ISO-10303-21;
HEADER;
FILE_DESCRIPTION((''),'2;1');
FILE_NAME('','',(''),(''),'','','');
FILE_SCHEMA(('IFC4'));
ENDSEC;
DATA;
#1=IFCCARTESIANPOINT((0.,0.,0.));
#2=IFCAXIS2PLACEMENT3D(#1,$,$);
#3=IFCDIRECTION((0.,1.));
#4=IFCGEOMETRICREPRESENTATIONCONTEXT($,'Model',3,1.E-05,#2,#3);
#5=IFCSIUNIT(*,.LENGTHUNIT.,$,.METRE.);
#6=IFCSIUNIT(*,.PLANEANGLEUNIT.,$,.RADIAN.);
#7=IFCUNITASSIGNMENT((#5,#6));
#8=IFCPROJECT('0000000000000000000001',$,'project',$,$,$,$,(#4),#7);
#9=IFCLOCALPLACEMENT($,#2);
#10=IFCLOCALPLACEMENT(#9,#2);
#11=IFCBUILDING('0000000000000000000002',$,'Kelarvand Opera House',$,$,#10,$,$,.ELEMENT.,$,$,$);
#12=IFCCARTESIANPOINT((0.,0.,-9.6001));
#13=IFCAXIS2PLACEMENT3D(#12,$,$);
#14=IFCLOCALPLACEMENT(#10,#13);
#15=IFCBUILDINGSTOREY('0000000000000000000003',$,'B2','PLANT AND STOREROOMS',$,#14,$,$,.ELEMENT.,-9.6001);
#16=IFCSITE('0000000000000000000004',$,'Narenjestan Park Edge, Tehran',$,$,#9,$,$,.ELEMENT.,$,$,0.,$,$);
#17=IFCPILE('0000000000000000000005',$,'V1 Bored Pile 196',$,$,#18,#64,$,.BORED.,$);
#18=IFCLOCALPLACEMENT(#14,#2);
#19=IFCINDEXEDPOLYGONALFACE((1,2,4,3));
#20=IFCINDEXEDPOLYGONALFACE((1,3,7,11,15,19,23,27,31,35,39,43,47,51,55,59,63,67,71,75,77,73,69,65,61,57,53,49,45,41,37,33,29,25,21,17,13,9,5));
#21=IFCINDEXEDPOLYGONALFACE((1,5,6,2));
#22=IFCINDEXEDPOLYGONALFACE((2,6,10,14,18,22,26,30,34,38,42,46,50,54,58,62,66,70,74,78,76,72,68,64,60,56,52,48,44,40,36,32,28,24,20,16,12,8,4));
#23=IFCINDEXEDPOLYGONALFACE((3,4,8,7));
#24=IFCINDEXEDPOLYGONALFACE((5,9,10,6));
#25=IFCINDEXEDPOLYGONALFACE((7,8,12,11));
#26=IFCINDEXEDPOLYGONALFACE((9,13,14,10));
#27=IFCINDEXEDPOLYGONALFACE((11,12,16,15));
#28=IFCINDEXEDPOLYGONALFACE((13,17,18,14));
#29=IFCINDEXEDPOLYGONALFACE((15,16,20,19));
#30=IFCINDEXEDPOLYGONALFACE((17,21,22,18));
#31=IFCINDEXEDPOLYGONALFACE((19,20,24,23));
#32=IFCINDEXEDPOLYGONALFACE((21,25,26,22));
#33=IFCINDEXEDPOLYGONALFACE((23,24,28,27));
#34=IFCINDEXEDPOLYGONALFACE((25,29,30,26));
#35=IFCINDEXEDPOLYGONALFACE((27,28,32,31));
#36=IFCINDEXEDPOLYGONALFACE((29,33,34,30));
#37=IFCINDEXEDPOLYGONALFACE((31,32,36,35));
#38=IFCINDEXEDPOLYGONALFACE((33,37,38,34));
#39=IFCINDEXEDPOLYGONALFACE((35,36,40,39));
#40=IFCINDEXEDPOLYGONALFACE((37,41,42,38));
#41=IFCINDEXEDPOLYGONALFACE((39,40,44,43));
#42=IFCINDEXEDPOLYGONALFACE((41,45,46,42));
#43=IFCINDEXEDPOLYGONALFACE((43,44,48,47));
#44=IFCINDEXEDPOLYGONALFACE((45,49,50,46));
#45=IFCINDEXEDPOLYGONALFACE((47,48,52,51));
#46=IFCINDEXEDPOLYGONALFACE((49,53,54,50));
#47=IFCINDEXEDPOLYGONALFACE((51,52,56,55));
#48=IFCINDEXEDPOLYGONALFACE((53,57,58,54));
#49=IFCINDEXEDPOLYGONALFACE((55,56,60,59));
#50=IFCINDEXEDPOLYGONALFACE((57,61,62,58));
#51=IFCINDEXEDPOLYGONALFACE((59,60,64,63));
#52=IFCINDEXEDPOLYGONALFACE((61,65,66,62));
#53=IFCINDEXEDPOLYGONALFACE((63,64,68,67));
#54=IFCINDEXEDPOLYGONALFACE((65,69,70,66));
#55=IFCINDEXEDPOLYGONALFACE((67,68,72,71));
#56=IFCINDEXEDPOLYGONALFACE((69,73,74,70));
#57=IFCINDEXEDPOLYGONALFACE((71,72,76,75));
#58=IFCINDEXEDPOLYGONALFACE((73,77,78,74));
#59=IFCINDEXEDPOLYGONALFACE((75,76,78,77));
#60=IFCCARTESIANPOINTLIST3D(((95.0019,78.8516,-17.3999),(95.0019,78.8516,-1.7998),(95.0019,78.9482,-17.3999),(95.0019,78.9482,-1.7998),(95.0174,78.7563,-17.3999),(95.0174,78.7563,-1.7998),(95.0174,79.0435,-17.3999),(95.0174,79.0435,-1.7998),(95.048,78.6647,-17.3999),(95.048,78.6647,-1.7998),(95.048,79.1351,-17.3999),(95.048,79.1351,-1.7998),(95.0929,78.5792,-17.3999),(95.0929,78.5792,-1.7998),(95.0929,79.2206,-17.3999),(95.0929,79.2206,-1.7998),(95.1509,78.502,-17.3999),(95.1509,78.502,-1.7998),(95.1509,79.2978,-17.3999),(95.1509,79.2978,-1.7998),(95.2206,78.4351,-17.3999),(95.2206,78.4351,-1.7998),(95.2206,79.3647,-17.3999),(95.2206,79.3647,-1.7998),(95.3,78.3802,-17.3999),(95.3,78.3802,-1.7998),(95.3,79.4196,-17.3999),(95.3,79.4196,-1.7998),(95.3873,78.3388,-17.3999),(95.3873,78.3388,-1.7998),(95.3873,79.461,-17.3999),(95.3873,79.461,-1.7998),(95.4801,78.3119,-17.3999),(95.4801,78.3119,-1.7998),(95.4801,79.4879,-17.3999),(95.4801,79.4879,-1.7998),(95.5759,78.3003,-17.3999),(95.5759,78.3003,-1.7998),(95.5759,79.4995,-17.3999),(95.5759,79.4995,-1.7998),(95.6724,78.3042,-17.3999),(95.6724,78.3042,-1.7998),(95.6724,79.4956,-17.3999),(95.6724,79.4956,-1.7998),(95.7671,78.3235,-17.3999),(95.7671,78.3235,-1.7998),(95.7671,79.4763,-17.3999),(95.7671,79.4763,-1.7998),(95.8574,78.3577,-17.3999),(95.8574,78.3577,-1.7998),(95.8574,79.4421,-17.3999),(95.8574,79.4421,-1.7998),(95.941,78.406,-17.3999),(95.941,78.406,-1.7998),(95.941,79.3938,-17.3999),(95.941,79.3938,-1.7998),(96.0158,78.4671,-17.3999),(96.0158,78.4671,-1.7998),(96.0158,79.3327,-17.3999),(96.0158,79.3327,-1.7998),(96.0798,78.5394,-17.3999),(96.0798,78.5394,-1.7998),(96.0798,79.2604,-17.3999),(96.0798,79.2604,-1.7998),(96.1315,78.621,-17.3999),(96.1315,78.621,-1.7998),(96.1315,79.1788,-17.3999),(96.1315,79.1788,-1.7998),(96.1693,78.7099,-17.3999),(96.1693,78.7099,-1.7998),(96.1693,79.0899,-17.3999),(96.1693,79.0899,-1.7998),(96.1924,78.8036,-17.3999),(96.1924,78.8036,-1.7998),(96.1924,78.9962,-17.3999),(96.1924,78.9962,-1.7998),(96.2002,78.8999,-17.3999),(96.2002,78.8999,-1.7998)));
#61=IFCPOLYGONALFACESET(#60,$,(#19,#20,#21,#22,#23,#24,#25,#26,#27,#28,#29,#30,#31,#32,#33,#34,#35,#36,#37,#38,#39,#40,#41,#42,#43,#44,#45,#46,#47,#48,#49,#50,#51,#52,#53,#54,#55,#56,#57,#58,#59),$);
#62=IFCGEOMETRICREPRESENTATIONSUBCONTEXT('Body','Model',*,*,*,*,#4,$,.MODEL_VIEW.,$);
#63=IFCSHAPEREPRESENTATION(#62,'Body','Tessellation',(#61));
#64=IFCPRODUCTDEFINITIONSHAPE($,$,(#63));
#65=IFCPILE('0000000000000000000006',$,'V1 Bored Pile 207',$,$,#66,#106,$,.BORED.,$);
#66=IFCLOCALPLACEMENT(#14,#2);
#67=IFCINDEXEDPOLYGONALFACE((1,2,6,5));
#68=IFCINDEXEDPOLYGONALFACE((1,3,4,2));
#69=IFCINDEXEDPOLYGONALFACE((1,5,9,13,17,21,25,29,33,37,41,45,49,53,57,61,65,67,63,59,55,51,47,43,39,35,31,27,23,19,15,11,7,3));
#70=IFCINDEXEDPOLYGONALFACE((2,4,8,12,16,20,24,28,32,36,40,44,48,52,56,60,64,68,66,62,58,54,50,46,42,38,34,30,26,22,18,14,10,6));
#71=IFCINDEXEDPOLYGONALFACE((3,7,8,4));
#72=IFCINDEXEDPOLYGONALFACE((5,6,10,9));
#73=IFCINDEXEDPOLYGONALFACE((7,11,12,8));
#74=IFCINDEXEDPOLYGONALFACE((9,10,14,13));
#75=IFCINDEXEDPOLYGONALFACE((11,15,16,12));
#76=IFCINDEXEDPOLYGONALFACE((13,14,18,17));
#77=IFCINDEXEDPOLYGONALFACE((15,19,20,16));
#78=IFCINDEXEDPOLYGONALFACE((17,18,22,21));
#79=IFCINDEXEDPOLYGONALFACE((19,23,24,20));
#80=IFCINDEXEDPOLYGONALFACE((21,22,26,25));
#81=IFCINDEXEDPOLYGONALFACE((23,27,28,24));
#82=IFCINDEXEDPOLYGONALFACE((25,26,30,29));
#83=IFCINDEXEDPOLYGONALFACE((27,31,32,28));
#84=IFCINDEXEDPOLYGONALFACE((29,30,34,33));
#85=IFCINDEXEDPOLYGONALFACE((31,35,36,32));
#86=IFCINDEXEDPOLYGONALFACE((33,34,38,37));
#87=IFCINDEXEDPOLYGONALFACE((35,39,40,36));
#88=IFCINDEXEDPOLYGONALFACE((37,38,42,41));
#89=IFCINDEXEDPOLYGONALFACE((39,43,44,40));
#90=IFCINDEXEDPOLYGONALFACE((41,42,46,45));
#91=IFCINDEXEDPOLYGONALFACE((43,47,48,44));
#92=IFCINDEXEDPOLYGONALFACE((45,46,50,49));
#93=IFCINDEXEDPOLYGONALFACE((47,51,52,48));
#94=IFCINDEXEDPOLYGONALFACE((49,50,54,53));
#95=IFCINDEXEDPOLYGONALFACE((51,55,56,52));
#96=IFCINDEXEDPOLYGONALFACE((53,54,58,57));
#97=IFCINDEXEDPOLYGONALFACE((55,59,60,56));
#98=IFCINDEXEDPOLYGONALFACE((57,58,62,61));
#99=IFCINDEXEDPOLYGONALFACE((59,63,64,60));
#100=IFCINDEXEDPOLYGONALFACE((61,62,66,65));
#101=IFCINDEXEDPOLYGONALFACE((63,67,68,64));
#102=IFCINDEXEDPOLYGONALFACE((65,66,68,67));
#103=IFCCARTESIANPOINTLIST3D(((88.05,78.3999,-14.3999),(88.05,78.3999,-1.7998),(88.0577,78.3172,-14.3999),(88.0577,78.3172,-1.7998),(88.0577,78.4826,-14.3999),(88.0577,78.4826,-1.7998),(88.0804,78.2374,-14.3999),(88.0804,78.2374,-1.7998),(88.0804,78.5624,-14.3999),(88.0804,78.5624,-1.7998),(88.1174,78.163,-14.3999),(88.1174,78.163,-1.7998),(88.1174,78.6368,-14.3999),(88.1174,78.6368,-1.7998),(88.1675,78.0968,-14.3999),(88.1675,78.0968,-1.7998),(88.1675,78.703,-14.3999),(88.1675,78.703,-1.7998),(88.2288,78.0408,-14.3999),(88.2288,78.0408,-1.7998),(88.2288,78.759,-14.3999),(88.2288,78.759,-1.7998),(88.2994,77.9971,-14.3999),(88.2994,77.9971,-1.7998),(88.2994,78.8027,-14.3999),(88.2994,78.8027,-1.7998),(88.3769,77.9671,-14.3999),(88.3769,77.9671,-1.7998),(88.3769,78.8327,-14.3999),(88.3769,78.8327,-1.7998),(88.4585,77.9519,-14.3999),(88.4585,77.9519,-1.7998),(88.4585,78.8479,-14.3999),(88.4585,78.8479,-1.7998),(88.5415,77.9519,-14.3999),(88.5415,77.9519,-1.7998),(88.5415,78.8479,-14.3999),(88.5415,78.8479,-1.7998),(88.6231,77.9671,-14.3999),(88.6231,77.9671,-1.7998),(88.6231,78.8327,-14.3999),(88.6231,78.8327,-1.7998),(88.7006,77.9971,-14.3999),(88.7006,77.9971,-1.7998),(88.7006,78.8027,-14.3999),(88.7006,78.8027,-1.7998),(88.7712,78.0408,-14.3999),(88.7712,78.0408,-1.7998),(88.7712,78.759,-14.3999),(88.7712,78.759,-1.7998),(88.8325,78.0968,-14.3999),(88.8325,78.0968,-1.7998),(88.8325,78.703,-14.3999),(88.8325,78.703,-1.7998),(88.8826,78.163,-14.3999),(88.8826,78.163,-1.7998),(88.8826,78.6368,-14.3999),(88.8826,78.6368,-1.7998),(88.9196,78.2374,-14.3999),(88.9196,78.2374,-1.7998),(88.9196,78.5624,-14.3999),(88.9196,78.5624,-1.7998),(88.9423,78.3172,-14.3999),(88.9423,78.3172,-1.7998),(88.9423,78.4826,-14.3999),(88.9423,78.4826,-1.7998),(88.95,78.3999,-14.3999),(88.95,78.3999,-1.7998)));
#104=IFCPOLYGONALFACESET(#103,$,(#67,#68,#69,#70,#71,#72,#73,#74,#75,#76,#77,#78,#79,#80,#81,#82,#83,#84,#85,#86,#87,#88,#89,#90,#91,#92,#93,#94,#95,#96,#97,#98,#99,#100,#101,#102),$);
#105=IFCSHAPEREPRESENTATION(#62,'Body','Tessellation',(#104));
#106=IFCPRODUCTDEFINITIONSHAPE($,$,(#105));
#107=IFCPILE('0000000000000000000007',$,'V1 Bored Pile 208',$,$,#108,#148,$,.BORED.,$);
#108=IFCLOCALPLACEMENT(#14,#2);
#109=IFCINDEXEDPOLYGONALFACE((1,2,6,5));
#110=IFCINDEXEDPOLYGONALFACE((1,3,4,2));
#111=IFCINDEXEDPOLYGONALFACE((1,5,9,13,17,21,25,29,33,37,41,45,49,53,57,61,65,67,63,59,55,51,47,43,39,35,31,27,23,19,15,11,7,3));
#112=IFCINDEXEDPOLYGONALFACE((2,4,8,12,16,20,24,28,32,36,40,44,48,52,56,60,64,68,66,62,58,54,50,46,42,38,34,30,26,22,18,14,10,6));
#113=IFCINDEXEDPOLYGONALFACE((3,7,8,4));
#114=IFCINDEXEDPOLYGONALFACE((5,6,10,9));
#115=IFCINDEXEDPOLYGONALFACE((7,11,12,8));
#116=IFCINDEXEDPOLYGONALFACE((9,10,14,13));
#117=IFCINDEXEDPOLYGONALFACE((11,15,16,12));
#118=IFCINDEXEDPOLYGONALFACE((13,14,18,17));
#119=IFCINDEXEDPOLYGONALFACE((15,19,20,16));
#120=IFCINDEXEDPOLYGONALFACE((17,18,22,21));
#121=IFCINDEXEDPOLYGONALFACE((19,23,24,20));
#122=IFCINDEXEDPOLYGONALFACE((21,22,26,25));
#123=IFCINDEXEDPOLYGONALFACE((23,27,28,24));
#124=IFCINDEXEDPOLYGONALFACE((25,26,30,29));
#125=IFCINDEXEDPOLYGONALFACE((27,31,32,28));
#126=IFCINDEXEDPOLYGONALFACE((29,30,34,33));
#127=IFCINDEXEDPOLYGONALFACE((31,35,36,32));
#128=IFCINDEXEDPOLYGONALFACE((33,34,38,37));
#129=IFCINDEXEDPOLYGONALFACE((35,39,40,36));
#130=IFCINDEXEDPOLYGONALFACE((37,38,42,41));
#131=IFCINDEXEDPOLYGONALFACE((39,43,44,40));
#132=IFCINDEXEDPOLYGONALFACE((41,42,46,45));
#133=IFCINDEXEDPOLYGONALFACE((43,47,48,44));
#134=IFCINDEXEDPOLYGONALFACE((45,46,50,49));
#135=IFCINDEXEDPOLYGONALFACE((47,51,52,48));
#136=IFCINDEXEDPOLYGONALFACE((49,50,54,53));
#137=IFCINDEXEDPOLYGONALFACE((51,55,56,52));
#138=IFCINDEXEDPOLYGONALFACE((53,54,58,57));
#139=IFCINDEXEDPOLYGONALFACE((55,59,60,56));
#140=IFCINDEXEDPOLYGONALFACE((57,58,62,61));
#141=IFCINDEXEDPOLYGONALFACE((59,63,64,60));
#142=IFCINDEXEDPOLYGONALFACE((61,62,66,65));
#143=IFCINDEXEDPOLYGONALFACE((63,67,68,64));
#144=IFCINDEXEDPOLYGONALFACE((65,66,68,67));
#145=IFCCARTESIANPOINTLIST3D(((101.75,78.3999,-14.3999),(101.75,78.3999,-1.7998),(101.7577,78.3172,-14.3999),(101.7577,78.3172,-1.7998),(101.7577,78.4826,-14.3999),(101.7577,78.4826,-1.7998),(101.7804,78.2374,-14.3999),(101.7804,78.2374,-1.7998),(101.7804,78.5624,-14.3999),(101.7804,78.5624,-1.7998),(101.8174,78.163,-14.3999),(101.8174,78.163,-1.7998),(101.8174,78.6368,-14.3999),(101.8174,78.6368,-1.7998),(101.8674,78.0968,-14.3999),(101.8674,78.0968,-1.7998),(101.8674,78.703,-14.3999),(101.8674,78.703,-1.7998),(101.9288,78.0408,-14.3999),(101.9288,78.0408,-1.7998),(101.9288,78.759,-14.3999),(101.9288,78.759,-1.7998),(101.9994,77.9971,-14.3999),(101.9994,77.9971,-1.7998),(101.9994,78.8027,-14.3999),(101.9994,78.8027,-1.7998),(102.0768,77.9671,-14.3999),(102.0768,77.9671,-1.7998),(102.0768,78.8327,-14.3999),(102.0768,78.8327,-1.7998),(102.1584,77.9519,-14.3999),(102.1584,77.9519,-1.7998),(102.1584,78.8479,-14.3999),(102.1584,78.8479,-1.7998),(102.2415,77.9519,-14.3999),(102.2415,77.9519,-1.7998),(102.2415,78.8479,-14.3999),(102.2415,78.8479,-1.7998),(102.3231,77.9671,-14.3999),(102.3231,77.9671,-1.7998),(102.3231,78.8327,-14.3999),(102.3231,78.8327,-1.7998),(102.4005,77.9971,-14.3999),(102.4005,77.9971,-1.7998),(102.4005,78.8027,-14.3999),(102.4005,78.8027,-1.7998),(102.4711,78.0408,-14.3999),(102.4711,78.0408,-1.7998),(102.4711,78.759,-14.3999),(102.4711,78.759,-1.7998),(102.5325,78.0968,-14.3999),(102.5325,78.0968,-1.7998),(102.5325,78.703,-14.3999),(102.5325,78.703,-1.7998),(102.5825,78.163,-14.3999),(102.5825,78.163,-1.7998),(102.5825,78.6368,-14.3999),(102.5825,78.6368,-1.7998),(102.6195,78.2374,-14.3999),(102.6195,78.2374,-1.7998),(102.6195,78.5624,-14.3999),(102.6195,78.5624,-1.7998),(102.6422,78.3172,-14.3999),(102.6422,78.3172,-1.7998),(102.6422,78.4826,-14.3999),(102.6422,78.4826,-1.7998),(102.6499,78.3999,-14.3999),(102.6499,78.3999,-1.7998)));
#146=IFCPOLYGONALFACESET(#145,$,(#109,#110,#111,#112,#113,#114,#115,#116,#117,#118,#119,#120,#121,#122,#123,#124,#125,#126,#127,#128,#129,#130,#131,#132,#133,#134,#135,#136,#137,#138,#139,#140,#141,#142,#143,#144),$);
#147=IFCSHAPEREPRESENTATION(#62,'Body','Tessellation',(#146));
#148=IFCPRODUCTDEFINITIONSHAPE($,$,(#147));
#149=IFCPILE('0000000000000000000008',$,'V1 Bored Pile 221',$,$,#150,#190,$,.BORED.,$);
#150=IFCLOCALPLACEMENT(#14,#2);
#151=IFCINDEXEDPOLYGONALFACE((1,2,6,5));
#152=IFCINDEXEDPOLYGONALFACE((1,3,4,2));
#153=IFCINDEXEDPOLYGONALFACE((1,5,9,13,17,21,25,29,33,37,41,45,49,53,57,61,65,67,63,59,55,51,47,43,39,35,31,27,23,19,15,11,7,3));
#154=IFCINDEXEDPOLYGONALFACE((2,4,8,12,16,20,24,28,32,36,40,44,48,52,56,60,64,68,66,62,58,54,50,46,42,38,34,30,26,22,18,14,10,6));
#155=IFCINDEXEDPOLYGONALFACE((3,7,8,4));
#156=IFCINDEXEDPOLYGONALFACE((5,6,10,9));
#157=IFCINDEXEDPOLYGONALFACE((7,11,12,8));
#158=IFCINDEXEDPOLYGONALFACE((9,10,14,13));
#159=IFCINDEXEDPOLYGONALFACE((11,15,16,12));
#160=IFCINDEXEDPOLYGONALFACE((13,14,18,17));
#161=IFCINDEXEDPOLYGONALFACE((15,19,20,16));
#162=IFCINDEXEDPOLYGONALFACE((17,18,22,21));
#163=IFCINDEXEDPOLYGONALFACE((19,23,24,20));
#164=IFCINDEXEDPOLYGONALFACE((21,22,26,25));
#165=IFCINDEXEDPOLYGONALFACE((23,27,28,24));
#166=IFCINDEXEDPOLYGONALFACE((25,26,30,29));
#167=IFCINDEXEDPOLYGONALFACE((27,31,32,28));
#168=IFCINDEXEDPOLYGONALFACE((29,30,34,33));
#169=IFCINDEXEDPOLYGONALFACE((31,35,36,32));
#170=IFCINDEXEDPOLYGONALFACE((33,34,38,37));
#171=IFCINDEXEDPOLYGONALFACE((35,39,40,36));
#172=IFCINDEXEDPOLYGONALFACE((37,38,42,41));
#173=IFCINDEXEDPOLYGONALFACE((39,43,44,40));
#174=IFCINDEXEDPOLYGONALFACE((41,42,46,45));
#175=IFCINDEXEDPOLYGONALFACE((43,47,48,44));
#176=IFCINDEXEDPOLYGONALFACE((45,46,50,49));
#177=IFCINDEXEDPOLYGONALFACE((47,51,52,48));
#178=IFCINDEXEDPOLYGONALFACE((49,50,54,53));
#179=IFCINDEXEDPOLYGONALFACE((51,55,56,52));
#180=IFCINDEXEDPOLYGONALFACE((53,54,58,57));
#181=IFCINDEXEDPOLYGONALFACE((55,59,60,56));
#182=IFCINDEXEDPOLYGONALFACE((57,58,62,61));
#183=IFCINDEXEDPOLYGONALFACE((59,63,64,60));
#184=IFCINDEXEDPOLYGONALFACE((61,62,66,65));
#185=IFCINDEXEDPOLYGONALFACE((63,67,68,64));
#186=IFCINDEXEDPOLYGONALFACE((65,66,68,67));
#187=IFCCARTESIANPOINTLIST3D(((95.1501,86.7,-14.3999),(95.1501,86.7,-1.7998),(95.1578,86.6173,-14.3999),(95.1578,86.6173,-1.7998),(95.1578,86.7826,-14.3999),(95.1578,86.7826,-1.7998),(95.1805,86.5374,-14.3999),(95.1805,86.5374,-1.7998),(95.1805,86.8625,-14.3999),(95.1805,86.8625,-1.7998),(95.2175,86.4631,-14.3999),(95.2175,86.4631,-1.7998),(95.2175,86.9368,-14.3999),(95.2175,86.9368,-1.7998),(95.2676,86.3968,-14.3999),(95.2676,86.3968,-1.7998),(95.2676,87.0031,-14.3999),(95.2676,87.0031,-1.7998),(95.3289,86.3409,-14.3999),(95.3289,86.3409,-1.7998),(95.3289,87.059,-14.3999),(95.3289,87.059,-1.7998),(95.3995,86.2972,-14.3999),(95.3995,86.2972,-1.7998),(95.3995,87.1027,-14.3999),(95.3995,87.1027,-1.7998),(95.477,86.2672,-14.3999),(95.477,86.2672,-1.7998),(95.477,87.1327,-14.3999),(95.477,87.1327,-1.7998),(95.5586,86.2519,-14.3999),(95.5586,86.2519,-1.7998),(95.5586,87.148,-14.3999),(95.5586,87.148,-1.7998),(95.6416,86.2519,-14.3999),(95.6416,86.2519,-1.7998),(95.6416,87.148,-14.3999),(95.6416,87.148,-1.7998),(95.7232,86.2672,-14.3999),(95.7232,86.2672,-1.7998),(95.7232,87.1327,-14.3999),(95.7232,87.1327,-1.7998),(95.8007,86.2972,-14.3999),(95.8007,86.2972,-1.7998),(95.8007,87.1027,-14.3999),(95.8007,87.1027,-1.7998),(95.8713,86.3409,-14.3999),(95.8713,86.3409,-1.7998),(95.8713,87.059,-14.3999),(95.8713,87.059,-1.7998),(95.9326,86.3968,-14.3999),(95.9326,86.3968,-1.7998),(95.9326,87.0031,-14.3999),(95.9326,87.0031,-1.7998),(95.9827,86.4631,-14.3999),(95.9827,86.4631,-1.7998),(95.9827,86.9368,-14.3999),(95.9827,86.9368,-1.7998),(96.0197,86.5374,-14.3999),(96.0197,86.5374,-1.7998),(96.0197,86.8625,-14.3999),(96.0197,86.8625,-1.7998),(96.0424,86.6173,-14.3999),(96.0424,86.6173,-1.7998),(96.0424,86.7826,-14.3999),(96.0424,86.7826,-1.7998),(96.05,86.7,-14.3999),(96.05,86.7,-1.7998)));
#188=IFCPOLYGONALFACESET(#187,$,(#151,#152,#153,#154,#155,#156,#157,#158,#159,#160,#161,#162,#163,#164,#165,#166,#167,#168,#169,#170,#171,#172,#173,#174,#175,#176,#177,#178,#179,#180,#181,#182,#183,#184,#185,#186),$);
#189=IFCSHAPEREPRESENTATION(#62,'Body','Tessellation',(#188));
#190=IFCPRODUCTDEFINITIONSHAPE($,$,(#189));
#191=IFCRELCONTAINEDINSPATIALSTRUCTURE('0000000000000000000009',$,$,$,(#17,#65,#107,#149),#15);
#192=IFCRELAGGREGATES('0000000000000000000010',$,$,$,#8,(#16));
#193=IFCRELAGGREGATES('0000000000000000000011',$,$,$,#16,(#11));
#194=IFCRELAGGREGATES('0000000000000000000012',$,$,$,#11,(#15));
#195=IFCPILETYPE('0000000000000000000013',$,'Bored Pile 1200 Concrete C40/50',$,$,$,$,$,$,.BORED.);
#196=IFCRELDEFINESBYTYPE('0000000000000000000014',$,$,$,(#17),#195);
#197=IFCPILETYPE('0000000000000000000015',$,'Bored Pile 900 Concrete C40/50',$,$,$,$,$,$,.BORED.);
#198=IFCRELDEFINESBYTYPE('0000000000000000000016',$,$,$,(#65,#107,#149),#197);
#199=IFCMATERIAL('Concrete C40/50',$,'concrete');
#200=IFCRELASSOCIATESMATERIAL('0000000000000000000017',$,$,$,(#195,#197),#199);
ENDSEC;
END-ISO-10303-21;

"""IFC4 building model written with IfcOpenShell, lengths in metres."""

from ifc_helpers import new_model, si_unit, direction, frame, origin, origin_2d, place, context, subcontext, project, spatial, circle, extrude, material, material_profile, profile_set, type_object, element, save


model = new_model("IFC4")

# Units and contexts
model_context = context("Model", 3, precision=1e-05, world=origin(), true_north=direction((0.0, 1.0)))
body_context = subcontext(model_context, "Body", "Model", "MODEL_VIEW")
ifc_project = project(units=[si_unit("LENGTHUNIT", "METRE"), si_unit("PLANEANGLEUNIT", "RADIAN")], contexts=[model_context])

# Site, building, storey
site_placement = place(None, origin())
site = spatial("IfcSite", under=ifc_project, at=site_placement, Name="Narenjestan Park Edge, Tehran", CompositionType="ELEMENT", RefElevation=0.0)
building_placement = place(site_placement, origin())
building = spatial("IfcBuilding", under=site, at=building_placement, Name="Kelarvand Opera House", CompositionType="ELEMENT")
storey_placement = place(building_placement, frame((0.0, 0.0, -9.6001)))
storey = spatial("IfcBuildingStorey", under=building, at=storey_placement, Name="B2", Description="PLANT AND STOREROOMS", CompositionType="ELEMENT", Elevation=-9.6001)

# Piles
ifc_material_1 = material(Name="Concrete C40/50", Category="concrete")
ifc_material_profile_1 = material_profile(ifc_material_1, circle(Radius=0.6001, at=origin_2d()), Name="BP 1200", Category="concrete")
ifc_profile_set_1 = profile_set([ifc_material_profile_1], Name="Concrete C40/50")
pile_type_1 = type_object("IfcPileType", Name="Bored Pile 1200 Concrete C40/50", PredefinedType="BORED", material=ifc_profile_set_1)
pile_placement = place(storey_placement, frame((95.6001, 78.8999, -1.7998), z_axis=(0.0, 0.0, -1.0), x_axis=(1.0, 0.0, 0.0)))
element("IfcPile", 1, at=pile_placement, inside=storey, type_object=pile_type_1, Name="V1 Bored Pile 196", PredefinedType="BORED", context=body_context, shape_type="SweptSolid", body=[
    extrude(circle(Radius=0.6001, at=origin_2d()), origin(), (0.0, 0.0, 1.0), 15.6001),
])
ifc_material_profile_2 = material_profile(ifc_material_1, circle(Radius=0.45, at=origin_2d()), Name="BP 900", Category="concrete")
ifc_profile_set_2 = profile_set([ifc_material_profile_2], Name="Concrete C40/50")
pile_type_2 = type_object("IfcPileType", Name="Bored Pile 900 Concrete C40/50", PredefinedType="BORED", material=ifc_profile_set_2)
for number, where, z_axis, x_axis, name in (
    (2, (88.5, 78.3999, -1.7998), (0.0, 0.0, -1.0), (1.0, 0.0, 0.0), "V1 Bored Pile 207"),
    (3, (102.2, 78.3999, -1.7998), (0.0, 0.0, -1.0), (1.0, 0.0, 0.0), "V1 Bored Pile 208"),
    (4, (95.6001, 86.7, -1.7998), (0.0, 0.0, -1.0), (1.0, 0.0, 0.0), "V1 Bored Pile 221"),
):
    element("IfcPile", number, at=place(storey_placement, frame(where, z_axis=z_axis, x_axis=x_axis)), inside=storey, type_object=pile_type_2, Name=name, PredefinedType="BORED", context=body_context, shape_type="SweptSolid", body=[
        extrude(circle(Radius=0.45, at=origin_2d()), origin(), (0.0, 0.0, 1.0), 12.6001),
    ])

save(model, "model.ifc")
